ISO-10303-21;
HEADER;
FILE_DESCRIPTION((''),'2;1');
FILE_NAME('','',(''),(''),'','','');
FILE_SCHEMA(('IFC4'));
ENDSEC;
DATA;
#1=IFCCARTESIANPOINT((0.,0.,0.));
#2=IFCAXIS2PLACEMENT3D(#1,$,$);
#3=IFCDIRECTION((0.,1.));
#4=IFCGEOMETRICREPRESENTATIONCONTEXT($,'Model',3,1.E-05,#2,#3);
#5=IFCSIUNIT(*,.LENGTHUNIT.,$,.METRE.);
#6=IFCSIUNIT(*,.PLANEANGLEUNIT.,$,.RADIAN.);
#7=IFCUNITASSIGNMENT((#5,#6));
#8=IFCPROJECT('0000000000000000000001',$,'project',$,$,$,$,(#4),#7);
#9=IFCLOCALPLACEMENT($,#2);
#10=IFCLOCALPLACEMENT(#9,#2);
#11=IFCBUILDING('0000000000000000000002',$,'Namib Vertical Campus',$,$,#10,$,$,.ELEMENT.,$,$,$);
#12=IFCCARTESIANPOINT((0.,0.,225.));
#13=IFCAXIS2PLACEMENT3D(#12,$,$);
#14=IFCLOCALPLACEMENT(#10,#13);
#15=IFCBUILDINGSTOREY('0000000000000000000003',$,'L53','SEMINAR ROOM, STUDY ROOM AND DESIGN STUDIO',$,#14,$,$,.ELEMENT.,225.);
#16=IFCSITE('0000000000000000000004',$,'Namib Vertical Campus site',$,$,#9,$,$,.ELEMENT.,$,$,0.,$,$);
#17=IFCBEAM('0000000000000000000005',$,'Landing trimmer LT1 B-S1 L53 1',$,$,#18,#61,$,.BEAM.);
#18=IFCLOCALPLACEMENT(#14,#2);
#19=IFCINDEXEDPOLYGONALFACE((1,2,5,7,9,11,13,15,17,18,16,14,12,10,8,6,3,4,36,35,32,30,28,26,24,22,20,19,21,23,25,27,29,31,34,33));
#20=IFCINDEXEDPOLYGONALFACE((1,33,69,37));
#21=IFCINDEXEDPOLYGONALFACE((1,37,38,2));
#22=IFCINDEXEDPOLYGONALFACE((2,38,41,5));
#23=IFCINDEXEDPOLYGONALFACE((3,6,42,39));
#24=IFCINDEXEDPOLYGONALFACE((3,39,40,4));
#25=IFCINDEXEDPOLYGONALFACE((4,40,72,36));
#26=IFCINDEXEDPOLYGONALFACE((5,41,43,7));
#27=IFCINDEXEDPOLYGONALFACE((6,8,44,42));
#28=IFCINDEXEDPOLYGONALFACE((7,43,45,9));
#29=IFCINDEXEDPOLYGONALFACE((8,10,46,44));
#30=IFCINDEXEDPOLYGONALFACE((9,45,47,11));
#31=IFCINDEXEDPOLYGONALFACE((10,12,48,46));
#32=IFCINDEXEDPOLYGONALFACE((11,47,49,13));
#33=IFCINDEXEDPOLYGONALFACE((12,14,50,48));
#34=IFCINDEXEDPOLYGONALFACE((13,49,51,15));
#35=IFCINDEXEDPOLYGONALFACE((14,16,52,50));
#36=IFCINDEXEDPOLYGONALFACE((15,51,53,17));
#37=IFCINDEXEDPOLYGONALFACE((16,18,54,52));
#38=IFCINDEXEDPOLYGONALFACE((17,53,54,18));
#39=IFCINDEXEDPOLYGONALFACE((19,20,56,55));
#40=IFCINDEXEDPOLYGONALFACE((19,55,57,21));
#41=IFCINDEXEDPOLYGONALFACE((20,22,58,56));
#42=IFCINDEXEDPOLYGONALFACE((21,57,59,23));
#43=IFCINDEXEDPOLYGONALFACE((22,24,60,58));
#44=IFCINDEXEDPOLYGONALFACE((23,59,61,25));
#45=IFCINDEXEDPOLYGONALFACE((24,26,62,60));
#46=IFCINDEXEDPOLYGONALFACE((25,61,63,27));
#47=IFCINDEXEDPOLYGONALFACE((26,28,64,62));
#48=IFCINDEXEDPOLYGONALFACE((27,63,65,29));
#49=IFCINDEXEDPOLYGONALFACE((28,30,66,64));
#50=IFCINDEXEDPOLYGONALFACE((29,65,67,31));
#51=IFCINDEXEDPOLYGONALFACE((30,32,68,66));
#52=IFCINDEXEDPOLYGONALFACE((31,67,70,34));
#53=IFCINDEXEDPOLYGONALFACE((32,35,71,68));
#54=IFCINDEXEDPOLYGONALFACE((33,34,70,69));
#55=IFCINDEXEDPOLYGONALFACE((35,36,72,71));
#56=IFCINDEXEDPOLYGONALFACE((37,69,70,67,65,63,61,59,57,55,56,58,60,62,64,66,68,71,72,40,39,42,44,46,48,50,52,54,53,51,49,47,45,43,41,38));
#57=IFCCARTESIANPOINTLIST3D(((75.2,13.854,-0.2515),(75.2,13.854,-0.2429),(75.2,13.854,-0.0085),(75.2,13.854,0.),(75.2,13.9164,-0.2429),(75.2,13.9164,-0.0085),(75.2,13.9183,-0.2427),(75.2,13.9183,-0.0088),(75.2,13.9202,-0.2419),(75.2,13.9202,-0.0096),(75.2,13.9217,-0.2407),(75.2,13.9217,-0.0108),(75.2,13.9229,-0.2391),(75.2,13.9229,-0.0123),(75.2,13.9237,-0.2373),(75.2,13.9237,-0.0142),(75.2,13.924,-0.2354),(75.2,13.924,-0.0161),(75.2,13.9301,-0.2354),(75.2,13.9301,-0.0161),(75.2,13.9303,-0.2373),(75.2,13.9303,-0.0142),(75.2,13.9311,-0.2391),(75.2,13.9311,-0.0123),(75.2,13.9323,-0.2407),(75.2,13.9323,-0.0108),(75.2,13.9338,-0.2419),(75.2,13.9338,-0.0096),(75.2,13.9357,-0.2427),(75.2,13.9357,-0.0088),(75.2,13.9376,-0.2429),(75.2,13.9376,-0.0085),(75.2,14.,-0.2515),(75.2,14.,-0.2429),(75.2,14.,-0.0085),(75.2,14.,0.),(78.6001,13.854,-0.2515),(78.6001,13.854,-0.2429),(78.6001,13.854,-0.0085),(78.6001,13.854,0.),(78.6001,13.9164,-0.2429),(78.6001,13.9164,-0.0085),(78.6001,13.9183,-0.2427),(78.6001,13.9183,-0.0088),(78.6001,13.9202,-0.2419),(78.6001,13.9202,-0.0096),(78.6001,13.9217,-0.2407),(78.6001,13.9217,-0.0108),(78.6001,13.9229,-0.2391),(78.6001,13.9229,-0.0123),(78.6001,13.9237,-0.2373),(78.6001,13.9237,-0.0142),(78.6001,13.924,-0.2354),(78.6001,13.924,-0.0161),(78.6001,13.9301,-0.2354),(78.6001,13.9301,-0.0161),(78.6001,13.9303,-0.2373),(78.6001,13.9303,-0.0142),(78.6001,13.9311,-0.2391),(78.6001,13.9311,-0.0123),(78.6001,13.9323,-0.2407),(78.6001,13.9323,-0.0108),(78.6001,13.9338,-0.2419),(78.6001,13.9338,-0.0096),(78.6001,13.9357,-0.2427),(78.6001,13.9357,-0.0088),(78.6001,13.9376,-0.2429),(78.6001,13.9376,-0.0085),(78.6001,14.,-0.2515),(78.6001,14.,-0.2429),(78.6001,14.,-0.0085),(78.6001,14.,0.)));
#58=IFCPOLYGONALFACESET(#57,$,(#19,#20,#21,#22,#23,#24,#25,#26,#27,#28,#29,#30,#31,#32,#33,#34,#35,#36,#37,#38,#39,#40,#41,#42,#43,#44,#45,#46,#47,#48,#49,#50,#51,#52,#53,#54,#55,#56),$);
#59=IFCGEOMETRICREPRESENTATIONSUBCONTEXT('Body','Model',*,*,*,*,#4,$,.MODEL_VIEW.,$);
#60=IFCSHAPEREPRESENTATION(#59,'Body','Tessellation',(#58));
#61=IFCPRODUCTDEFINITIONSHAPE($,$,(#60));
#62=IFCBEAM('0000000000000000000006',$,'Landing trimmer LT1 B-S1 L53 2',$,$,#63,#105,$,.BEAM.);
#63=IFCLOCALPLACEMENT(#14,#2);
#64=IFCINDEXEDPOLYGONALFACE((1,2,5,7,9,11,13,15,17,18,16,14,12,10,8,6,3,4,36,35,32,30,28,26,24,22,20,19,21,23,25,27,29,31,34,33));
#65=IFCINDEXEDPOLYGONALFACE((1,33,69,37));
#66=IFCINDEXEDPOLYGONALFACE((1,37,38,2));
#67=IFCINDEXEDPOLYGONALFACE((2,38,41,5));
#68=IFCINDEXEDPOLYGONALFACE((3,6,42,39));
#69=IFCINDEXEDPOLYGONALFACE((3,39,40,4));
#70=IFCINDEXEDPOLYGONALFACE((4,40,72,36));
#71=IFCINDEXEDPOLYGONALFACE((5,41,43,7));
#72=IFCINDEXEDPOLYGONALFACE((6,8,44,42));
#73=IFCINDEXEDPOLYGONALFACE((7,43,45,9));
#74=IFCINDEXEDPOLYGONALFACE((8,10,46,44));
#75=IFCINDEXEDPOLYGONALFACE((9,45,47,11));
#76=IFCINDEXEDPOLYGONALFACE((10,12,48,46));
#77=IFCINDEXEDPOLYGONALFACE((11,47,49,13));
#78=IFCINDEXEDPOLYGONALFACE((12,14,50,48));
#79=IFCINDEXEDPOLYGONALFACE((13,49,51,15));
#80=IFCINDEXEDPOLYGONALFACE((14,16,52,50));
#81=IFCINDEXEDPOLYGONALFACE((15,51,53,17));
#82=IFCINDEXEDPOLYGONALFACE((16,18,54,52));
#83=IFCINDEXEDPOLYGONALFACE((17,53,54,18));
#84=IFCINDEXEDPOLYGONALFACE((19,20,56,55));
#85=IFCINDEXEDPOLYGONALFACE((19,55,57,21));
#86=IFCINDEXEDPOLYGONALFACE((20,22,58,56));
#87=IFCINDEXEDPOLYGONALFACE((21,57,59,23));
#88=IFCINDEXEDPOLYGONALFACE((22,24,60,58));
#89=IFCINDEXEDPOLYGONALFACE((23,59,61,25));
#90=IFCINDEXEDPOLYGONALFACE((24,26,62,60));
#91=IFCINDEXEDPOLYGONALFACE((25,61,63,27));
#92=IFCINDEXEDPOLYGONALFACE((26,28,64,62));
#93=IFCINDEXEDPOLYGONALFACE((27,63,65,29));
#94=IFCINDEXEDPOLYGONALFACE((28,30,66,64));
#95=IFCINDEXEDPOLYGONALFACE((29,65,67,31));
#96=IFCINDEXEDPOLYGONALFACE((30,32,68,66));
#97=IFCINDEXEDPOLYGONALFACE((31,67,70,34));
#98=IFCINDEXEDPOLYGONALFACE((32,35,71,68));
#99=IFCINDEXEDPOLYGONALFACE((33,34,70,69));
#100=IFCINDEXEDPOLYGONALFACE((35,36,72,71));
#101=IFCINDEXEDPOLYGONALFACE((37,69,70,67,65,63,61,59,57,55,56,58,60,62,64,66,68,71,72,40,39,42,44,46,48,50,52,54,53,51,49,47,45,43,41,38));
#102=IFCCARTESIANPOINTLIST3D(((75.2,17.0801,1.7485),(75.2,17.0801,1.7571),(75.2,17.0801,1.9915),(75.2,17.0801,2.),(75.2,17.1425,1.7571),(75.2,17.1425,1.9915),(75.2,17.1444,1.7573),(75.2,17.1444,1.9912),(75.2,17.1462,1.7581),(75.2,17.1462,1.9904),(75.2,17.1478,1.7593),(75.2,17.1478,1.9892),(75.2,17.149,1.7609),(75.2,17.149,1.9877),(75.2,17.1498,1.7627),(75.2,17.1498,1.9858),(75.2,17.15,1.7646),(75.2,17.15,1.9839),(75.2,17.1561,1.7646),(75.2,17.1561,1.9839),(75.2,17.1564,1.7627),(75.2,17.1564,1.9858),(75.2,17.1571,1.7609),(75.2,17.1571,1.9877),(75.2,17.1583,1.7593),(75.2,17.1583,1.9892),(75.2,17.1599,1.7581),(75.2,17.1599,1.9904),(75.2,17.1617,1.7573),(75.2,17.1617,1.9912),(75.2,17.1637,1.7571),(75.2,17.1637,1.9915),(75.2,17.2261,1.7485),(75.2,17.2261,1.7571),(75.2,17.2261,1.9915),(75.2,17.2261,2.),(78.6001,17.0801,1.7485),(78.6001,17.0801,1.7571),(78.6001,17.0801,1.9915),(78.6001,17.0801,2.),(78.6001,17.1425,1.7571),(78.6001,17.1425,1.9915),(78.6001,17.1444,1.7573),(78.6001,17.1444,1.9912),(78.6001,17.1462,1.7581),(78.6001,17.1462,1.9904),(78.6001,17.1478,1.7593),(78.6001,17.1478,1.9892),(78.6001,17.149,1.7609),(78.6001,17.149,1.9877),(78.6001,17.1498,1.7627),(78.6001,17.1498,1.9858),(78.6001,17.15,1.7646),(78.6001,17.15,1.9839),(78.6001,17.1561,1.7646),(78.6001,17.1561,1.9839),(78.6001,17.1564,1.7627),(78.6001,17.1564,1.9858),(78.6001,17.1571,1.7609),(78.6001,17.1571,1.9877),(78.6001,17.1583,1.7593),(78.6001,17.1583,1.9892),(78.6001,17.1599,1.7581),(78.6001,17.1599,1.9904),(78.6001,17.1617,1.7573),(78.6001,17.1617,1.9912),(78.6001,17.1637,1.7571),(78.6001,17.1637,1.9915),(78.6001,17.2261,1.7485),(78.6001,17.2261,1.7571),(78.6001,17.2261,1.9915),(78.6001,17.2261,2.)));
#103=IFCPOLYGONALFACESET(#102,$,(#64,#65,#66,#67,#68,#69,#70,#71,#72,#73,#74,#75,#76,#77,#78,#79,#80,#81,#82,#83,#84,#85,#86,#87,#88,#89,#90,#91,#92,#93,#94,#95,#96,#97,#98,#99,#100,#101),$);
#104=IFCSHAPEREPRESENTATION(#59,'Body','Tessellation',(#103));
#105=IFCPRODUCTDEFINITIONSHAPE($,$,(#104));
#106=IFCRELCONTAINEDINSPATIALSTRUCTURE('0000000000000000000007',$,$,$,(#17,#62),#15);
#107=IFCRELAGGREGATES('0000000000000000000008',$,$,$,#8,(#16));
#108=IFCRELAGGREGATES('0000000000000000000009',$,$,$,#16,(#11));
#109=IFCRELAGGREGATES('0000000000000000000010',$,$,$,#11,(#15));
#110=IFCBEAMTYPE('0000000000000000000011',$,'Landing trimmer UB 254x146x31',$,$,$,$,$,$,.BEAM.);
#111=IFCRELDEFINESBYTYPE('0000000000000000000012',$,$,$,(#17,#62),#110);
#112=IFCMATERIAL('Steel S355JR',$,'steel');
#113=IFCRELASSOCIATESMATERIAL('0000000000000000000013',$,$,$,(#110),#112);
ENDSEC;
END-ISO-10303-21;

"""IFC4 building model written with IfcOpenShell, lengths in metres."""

from ifc_helpers import new_model, si_unit, direction, frame, origin, origin_2d, place, context, subcontext, project, spatial, i_section, extrude, material, material_profile, profile_set, type_object, element, save


model = new_model("IFC4")

# Units and contexts
model_context = context("Model", 3, precision=1e-05, world=origin(), true_north=direction((0.0, 1.0)))
body_context = subcontext(model_context, "Body", "Model", "MODEL_VIEW")
ifc_project = project(units=[si_unit("LENGTHUNIT", "METRE"), si_unit("PLANEANGLEUNIT", "RADIAN")], contexts=[model_context])

# Site, building, storey
site_placement = place(None, origin())
site = spatial("IfcSite", under=ifc_project, at=site_placement, Name="Namib Vertical Campus site", CompositionType="ELEMENT", RefElevation=0.0)
building_placement = place(site_placement, origin())
building = spatial("IfcBuilding", under=site, at=building_placement, Name="Namib Vertical Campus", CompositionType="ELEMENT")
storey_placement = place(building_placement, frame((0.0, 0.0, 225.0)))
storey = spatial("IfcBuildingStorey", under=building, at=storey_placement, Name="L53", Description="SEMINAR ROOM, STUDY ROOM AND DESIGN STUDIO", CompositionType="ELEMENT", Elevation=225.0)

# Beams
ifc_material_1 = material(Name="Steel S355JR", Category="steel")
ifc_material_profile = material_profile(ifc_material_1, i_section(OverallWidth=0.146, OverallDepth=0.2515, WebThickness=0.0061, FlangeThickness=0.0085, FilletRadius=0.0076, at=origin_2d()))
ifc_profile_set = profile_set([ifc_material_profile], Name="Steel S355JR")
beam_type = type_object("IfcBeamType", Name="Landing trimmer UB 254x146x31", PredefinedType="BEAM", material=ifc_profile_set)
for number, where, z_axis, x_axis, name in (
    (1, (75.2, 13.927, -0.1257), (1.0, 0.0, 0.0), (0.0, 1.0, 0.0), "Landing trimmer LT1 B-S1 L53 1"),
    (2, (75.2, 17.1531, 1.8743), (1.0, 0.0, 0.0), (0.0, 1.0, 0.0), "Landing trimmer LT1 B-S1 L53 2"),
):
    element("IfcBeam", number, at=place(storey_placement, frame(where, z_axis=z_axis, x_axis=x_axis)), inside=storey, type_object=beam_type, Name=name, PredefinedType="BEAM", context=body_context, shape_type="SweptSolid", body=[
        extrude(i_section(OverallWidth=0.146, OverallDepth=0.2515, WebThickness=0.0061, FlangeThickness=0.0085, FilletRadius=0.0076, at=origin_2d()), origin(), (0.0, 0.0, 1.0), 3.4001),
    ])

save(model, "model.ifc")
